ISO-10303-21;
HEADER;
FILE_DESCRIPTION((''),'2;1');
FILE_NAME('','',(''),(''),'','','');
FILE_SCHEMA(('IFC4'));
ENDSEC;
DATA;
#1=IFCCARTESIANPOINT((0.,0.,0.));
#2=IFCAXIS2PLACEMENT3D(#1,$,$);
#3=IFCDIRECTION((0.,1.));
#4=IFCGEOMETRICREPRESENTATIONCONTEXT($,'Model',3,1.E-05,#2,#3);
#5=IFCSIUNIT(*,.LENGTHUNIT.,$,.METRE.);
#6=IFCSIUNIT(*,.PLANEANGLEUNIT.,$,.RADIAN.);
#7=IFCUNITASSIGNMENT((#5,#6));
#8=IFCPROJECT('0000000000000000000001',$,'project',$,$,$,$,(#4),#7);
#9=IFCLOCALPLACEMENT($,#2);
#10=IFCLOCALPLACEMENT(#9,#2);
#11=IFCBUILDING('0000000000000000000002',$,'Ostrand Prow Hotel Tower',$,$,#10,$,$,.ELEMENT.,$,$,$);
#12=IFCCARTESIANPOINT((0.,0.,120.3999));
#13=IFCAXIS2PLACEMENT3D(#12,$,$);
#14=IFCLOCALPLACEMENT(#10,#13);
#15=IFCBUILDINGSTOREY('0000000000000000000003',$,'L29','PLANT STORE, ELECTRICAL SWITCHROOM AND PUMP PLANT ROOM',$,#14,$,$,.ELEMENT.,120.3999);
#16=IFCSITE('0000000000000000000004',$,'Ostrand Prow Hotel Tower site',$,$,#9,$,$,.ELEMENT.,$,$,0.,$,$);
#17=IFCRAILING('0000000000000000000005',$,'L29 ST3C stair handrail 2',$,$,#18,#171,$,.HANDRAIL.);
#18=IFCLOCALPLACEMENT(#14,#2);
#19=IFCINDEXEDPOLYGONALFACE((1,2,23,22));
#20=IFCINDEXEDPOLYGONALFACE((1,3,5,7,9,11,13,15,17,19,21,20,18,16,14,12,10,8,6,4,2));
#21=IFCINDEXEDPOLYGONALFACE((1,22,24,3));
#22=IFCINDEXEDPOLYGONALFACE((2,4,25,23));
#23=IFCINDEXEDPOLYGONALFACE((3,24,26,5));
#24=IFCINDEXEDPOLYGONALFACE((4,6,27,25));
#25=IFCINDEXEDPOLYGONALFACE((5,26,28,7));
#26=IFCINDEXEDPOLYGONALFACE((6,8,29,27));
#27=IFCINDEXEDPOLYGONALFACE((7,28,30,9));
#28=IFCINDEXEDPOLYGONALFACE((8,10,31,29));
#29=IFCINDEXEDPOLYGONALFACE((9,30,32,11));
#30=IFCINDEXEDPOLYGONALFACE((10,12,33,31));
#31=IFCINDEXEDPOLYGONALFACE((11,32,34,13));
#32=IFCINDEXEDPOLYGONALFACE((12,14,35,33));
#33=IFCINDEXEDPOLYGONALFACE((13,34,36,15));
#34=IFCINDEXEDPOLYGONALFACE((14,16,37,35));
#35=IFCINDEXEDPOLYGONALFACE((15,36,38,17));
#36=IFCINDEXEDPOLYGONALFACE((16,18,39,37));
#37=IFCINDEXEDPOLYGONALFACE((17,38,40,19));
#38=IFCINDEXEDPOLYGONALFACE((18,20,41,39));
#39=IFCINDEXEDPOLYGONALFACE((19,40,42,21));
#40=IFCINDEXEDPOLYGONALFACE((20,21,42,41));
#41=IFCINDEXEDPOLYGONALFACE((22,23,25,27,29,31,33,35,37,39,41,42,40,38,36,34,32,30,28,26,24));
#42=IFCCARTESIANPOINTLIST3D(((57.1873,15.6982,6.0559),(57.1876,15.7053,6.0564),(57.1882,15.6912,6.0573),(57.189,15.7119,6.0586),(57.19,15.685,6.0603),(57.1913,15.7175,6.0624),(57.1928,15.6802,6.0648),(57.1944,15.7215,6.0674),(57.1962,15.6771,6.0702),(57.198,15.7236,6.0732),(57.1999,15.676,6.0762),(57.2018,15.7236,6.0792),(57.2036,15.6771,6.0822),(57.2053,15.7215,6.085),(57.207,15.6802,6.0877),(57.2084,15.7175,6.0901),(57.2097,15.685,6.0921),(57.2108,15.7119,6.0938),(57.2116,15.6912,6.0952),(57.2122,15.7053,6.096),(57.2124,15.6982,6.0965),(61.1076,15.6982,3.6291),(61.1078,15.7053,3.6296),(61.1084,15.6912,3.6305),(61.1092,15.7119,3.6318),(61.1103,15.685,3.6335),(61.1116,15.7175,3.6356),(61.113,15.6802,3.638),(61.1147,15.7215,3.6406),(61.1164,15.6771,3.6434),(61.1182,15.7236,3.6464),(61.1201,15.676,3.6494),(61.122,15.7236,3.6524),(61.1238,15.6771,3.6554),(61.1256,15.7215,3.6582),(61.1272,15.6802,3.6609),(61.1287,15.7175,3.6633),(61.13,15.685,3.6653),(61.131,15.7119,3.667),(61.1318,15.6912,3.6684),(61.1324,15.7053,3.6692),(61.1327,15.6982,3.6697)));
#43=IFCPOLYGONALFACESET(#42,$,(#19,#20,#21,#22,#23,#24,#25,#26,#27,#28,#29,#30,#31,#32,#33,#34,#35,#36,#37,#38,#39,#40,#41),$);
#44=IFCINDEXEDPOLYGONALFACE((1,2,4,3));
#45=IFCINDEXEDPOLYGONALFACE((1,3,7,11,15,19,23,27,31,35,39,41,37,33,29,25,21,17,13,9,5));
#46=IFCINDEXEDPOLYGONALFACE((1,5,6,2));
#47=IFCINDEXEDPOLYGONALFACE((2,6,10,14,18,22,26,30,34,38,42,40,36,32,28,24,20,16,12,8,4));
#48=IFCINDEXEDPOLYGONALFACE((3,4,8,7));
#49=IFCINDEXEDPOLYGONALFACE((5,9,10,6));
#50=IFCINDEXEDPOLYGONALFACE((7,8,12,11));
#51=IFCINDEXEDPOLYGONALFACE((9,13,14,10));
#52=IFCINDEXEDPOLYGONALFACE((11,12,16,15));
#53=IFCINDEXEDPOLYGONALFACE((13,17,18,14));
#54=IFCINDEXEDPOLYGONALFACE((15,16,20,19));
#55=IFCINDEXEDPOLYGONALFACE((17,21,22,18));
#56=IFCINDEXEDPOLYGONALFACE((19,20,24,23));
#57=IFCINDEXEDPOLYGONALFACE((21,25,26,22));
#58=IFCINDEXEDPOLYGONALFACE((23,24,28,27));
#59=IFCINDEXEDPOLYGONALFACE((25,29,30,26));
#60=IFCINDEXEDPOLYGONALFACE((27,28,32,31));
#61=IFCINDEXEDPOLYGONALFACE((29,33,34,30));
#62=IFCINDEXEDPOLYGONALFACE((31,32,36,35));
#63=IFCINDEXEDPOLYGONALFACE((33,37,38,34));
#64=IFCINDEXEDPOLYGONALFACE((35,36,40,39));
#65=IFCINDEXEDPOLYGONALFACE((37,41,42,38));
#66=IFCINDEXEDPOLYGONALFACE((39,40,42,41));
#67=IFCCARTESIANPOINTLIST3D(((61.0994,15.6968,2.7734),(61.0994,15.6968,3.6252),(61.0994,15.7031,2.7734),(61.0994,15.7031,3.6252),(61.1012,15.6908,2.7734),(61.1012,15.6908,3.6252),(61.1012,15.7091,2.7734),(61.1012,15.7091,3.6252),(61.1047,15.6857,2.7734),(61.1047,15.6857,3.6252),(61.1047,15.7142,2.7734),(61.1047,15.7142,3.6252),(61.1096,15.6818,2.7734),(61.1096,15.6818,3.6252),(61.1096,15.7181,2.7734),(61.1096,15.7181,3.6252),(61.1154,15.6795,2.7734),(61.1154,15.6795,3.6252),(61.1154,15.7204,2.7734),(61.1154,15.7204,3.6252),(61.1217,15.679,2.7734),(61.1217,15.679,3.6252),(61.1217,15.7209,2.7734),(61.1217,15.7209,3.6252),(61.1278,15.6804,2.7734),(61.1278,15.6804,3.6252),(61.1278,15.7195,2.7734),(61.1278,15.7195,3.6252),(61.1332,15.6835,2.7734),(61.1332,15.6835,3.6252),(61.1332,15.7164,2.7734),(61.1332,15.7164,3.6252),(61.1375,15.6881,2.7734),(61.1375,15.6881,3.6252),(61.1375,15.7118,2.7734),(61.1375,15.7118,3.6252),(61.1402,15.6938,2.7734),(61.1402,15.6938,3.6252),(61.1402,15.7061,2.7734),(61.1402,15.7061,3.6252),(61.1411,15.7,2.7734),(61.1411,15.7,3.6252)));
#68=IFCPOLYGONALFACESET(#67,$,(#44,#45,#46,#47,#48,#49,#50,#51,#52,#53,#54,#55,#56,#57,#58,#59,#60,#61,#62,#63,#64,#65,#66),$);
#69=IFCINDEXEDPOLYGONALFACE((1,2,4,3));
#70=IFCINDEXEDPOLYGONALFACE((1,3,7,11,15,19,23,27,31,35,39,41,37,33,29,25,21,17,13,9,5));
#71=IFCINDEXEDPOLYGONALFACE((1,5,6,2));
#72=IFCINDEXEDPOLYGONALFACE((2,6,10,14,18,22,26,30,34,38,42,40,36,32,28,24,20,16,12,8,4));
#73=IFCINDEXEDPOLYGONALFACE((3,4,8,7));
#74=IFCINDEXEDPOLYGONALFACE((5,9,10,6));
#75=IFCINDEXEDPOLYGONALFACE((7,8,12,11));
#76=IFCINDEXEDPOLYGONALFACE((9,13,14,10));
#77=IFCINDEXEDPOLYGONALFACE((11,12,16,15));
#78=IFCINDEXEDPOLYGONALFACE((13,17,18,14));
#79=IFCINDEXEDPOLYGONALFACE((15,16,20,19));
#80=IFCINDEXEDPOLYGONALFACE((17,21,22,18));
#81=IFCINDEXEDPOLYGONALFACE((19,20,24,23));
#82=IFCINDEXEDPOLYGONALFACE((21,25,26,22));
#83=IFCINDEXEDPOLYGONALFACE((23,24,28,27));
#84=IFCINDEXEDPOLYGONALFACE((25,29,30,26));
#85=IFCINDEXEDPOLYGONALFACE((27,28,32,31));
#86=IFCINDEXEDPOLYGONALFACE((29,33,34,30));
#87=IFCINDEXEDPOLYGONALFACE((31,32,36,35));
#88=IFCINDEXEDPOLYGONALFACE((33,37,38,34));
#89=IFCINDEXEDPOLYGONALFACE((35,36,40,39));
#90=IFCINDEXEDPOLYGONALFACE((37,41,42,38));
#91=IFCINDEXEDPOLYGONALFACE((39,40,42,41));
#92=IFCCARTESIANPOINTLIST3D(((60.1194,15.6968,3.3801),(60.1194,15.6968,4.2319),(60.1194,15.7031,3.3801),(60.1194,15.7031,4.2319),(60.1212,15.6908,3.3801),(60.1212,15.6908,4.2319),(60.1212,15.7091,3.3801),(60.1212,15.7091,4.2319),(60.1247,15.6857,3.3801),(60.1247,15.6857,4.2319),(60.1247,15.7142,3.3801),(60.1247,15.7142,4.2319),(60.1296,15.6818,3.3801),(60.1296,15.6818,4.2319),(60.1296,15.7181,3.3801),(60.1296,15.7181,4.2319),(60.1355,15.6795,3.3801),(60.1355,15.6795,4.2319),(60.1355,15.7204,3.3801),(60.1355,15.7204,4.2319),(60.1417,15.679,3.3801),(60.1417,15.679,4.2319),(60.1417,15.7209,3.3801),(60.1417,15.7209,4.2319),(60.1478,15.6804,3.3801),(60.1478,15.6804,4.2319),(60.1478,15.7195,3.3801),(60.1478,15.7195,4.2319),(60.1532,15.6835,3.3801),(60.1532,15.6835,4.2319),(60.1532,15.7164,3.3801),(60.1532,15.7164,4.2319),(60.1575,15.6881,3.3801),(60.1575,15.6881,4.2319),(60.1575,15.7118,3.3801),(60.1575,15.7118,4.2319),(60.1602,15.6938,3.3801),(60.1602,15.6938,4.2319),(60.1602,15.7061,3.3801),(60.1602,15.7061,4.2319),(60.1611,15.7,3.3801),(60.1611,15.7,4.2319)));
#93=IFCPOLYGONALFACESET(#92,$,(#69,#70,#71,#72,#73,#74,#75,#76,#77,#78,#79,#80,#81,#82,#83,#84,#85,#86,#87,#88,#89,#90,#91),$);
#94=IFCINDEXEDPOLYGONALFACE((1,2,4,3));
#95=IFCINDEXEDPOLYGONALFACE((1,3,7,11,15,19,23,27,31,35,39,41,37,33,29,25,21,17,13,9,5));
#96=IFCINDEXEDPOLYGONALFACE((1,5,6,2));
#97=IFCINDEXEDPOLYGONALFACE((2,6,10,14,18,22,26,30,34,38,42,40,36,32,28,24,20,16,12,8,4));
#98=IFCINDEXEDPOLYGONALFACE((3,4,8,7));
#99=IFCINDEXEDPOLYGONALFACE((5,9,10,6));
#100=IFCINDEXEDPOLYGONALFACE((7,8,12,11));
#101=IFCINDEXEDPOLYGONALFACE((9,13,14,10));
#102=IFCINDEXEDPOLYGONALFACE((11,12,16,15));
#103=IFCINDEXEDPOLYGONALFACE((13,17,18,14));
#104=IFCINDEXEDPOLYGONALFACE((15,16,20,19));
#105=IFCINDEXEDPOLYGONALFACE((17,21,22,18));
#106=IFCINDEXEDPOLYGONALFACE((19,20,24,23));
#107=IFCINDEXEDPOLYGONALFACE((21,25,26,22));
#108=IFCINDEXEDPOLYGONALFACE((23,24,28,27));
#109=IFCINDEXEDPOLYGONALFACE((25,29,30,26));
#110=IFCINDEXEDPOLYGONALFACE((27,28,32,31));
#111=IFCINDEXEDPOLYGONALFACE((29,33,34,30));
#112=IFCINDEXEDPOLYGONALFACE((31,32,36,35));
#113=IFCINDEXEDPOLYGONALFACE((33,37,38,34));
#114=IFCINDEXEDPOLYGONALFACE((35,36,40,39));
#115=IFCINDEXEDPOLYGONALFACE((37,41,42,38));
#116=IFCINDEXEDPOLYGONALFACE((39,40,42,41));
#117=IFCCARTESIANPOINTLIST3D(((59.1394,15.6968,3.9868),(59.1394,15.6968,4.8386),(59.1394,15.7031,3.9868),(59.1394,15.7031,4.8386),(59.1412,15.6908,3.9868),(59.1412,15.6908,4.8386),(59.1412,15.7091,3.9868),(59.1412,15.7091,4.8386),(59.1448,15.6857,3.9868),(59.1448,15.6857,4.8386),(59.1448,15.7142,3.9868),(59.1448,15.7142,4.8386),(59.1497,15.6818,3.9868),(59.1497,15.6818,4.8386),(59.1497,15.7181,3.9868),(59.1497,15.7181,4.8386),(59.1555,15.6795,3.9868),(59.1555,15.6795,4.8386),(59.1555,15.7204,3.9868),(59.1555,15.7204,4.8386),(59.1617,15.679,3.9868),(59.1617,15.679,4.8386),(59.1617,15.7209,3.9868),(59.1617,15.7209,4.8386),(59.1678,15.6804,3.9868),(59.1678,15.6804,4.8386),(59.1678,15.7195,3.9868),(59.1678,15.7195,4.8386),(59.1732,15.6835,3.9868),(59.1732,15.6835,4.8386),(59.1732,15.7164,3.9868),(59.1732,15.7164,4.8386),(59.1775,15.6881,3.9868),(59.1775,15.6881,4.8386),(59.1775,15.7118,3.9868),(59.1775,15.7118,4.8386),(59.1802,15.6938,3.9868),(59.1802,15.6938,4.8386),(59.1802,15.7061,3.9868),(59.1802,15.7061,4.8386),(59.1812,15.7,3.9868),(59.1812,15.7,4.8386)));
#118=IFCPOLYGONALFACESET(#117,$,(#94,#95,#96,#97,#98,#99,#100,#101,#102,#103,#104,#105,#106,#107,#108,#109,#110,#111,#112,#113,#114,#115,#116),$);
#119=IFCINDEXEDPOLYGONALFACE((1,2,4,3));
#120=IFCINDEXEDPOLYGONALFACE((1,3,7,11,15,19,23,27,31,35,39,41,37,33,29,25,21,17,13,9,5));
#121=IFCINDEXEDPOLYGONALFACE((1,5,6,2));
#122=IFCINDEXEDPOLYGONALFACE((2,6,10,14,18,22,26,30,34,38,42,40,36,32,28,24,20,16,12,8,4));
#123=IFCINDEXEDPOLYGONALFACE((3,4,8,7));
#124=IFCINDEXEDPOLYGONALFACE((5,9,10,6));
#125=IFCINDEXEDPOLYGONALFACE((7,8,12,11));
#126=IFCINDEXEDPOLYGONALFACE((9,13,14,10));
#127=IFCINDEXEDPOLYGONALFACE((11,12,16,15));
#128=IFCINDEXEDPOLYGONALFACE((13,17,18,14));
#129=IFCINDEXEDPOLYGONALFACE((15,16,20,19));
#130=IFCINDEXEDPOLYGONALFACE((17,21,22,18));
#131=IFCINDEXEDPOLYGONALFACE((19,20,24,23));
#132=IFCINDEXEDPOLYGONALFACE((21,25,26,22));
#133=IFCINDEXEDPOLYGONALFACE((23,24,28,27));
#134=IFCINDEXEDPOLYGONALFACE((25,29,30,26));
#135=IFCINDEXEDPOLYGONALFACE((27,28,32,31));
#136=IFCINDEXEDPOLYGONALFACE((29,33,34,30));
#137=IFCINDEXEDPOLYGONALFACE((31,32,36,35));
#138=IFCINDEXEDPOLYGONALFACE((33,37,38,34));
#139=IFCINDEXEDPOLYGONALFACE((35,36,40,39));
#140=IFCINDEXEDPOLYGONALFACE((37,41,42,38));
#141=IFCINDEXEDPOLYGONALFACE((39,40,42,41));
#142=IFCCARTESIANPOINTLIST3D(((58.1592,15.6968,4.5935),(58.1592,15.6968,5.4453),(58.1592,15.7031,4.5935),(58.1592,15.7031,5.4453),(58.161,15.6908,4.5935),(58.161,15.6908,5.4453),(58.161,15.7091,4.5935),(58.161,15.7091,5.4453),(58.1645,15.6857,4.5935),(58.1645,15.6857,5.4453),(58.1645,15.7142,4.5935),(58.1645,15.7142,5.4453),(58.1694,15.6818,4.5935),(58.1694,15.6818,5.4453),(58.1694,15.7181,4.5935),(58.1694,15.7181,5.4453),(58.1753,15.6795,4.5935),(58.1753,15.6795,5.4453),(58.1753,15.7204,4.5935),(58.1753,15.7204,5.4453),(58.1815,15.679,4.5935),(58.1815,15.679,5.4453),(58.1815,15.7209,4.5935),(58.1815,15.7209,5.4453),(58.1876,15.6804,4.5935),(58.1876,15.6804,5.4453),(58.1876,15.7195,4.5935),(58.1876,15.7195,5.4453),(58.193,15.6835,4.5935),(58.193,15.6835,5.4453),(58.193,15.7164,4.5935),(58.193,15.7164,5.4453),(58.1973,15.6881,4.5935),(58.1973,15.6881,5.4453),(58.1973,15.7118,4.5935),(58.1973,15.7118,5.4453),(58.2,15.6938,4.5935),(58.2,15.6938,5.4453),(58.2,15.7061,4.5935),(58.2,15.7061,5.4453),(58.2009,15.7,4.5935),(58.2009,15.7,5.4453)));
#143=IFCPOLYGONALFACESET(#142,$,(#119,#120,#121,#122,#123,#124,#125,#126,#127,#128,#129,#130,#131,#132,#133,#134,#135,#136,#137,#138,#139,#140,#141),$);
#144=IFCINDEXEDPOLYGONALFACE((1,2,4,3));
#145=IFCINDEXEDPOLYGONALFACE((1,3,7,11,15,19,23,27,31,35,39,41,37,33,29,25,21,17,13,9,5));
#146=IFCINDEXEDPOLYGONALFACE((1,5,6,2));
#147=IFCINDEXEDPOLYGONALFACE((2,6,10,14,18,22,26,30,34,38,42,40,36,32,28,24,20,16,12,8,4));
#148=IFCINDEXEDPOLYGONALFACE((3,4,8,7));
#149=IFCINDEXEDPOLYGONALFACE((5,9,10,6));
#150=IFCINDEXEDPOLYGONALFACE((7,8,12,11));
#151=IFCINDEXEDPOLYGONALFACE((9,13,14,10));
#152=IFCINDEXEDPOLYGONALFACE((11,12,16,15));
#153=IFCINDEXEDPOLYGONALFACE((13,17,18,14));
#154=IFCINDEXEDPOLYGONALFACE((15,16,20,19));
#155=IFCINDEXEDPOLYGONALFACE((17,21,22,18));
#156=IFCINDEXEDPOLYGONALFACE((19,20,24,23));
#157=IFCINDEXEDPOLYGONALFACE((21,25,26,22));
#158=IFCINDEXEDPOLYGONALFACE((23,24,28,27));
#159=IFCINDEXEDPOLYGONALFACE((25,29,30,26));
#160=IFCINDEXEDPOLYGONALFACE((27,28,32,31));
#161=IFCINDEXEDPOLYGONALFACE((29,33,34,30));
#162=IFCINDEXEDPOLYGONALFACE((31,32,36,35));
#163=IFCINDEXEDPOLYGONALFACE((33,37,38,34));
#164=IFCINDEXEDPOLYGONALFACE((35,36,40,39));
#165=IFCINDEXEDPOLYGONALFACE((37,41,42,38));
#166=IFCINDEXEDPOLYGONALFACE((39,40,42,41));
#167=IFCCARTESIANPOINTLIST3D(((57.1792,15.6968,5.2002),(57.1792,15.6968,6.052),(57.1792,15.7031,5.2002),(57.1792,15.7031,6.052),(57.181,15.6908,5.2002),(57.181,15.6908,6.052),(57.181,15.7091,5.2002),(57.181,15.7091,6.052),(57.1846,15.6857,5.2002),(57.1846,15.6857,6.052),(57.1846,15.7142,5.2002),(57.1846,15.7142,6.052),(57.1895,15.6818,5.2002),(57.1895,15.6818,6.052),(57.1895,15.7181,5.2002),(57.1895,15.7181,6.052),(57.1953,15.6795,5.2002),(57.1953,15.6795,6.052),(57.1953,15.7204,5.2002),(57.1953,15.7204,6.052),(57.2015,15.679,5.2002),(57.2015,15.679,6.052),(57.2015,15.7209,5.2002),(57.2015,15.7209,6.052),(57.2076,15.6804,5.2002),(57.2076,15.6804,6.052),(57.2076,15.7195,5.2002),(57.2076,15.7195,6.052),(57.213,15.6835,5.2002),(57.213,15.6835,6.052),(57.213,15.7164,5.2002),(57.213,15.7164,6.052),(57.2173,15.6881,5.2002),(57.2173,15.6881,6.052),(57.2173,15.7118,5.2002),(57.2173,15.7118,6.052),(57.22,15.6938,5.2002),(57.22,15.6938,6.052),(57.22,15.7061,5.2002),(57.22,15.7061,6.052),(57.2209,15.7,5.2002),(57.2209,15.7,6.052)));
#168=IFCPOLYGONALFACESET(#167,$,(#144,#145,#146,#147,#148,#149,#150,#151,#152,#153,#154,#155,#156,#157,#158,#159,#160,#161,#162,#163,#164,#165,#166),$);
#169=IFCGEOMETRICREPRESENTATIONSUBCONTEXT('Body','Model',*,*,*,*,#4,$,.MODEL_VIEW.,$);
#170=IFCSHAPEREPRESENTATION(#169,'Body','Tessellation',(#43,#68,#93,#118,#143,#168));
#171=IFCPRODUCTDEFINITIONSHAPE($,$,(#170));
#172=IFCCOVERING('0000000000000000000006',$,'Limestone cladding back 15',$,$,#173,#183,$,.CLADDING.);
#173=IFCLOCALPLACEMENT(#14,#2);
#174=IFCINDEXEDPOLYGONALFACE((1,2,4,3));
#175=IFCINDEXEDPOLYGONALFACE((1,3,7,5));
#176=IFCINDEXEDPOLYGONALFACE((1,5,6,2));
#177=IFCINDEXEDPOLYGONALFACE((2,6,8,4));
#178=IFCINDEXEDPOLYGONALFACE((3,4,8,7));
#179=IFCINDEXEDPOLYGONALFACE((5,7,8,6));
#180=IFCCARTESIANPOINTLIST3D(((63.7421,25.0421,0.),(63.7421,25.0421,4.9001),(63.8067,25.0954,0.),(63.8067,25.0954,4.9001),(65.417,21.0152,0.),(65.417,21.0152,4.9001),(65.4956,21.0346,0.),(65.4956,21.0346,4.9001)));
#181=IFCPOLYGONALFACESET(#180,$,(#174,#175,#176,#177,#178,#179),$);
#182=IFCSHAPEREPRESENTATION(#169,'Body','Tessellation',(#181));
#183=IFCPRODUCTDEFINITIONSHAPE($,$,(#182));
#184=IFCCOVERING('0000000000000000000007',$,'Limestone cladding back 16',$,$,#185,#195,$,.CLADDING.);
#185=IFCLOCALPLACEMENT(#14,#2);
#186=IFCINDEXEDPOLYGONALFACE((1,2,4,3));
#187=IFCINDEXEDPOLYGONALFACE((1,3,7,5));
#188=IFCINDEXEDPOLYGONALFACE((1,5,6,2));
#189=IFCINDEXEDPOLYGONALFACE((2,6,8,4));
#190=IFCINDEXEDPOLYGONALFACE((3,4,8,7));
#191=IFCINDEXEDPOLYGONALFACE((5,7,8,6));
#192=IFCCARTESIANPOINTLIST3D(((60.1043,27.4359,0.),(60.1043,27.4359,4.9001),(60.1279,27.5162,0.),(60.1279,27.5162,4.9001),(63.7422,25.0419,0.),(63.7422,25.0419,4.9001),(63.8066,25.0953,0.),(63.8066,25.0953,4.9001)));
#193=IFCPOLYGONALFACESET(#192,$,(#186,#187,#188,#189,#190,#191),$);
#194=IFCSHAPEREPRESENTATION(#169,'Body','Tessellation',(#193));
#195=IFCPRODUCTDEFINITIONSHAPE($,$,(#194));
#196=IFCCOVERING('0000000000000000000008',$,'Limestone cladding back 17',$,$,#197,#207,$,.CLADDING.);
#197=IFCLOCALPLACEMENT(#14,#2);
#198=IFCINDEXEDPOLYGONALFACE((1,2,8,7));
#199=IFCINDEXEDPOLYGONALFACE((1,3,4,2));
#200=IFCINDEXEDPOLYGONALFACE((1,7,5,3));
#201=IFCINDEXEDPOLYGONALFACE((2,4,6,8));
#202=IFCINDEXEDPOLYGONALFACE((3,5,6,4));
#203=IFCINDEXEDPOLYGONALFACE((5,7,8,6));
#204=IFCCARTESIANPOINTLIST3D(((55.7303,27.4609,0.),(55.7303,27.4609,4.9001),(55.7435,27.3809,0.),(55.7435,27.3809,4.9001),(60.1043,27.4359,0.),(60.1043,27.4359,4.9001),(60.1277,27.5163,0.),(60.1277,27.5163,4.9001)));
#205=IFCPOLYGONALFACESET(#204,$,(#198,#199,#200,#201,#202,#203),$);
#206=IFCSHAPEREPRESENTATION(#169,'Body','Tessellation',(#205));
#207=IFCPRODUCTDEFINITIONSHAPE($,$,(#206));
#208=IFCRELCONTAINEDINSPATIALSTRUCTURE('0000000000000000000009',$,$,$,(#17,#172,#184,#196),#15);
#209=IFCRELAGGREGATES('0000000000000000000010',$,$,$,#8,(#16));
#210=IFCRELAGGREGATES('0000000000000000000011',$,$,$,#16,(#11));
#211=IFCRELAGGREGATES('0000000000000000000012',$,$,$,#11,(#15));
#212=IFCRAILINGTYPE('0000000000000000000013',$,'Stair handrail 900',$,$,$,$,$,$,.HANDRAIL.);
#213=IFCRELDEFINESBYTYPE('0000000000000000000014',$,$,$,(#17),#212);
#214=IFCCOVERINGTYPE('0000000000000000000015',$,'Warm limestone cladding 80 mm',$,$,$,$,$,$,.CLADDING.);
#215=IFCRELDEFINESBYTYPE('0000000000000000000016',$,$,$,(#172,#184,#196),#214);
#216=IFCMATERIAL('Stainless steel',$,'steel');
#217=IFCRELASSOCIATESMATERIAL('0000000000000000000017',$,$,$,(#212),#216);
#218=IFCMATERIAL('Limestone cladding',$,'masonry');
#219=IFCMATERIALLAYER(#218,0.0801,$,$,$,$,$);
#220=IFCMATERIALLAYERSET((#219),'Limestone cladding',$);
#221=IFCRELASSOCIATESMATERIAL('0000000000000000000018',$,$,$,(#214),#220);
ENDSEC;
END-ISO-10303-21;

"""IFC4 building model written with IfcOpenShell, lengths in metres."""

from ifc_helpers import new_model, si_unit, direction, frame, origin, origin_2d, place, context, subcontext, project, spatial, polyline, circle, outline, extrude, material, layer, layer_set, type_object, element, save


model = new_model("IFC4")

# Units and contexts
model_context = context("Model", 3, precision=1e-05, world=origin(), true_north=direction((0.0, 1.0)))
body_context = subcontext(model_context, "Body", "Model", "MODEL_VIEW")
ifc_project = project(units=[si_unit("LENGTHUNIT", "METRE"), si_unit("PLANEANGLEUNIT", "RADIAN")], contexts=[model_context])

# Site, building, storey
site_placement = place(None, origin())
site = spatial("IfcSite", under=ifc_project, at=site_placement, Name="Ostrand Prow Hotel Tower site", CompositionType="ELEMENT", RefElevation=0.0)
building_placement = place(site_placement, origin())
building = spatial("IfcBuilding", under=site, at=building_placement, Name="Ostrand Prow Hotel Tower", CompositionType="ELEMENT")
storey_placement = place(building_placement, frame((0.0, 0.0, 120.3999)))
storey = spatial("IfcBuildingStorey", under=building, at=storey_placement, Name="L29", Description="PLANT STORE, ELECTRICAL SWITCHROOM AND PUMP PLANT ROOM", CompositionType="ELEMENT", Elevation=120.3999)

# Railing
ifc_material_1 = material(Name="Stainless steel", Category="steel")
railing_type_1 = type_object("IfcRailingType", Name="Stair handrail 900", PredefinedType="HANDRAIL", material=ifc_material_1)
railing_1_placement = place(storey_placement, frame((61.1201, 15.7, 2.7734)))
element("IfcRailing", 1, at=railing_1_placement, inside=storey, type_object=railing_type_1, Name="L29 ST3C stair handrail 2", PredefinedType="HANDRAIL", context=body_context, shape_type="SweptSolid", body=[
    extrude(circle(Radius=0.0239, at=origin_2d()), frame((0.0, 0.0, 0.876), z_axis=(-0.850266, 0.0, 0.526353), x_axis=(0.0, -1.0, 0.0)), (0.0, 0.0, 1.0), 4.6106),
    extrude(circle(Radius=0.021, at=origin_2d()), origin(), (0.0, 0.0, 1.0), 0.8518),
    extrude(circle(Radius=0.021, at=origin_2d()), frame((-0.98, 0.0, 0.6067)), (0.0, 0.0, 1.0), 0.8518),
    extrude(circle(Radius=0.021, at=origin_2d()), frame((-1.96, 0.0, 1.2134)), (0.0, 0.0, 1.0), 0.8518),
    extrude(circle(Radius=0.021, at=origin_2d()), frame((-2.9402, 0.0, 1.8201)), (0.0, 0.0, 1.0), 0.8518),
    extrude(circle(Radius=0.021, at=origin_2d()), frame((-3.9202, 0.0, 2.4268)), (0.0, 0.0, 1.0), 0.8518),
])

# Coverings
ifc_material_2 = material(Name="Limestone cladding", Category="masonry")
ifc_layer_1 = layer(ifc_material_2, 0.0801)
ifc_layer_set_1 = layer_set([ifc_layer_1], Name="Limestone cladding")
covering_type_1 = type_object("IfcCoveringType", Name="Warm limestone cladding 80 mm", PredefinedType="CLADDING", material=ifc_layer_set_1)
covering_1_placement = place(storey_placement, frame((65.4563, 21.0249, 0.0), z_axis=(0.0, 0.0, 1.0), x_axis=(-0.384033, 0.923319, 0.0)))
element("IfcCovering", 2, at=covering_1_placement, inside=storey, type_object=covering_type_1, Name="Limestone cladding back 15", PredefinedType="CLADDING", context=body_context, shape_type="SweptSolid", body=[
    extrude(outline(polyline([(-0.0061, -0.04), (4.3918, -0.04), (4.3674, 0.04), (0.0061, 0.04), (-0.0061, -0.04)])), origin(), (0.0, 0.0, 1.0), 4.9001),
])
covering_2_placement = place(storey_placement, frame((63.7744, 25.0686, 0.0), z_axis=(0.0, 0.0, 1.0), x_axis=(-0.835354, 0.549712, 0.0)))
element("IfcCovering", 3, at=covering_2_placement, inside=storey, type_object=covering_type_1, Name="Limestone cladding back 16", PredefinedType="CLADDING", context=body_context, shape_type="SweptSolid", body=[
    extrude(outline(polyline([(-0.0122, -0.04), (4.3916, -0.04), (4.3672, 0.04), (0.0122, 0.04), (-0.0122, -0.04)])), origin(), (0.0, 0.0, 1.0), 4.9001),
])
covering_3_placement = place(storey_placement, frame((60.116, 27.4761, 0.0), z_axis=(0.0, 0.0, 1.0), x_axis=(-0.999921, -0.012599, 0.0)))
element("IfcCovering", 4, at=covering_3_placement, inside=storey, type_object=covering_type_1, Name="Limestone cladding back 17", PredefinedType="CLADDING", context=body_context, shape_type="SweptSolid", body=[
    extrude(outline(polyline([(-0.0122, -0.04), (4.3855, -0.04), (4.3733, 0.04), (0.0122, 0.04), (-0.0122, -0.04)])), origin(), (0.0, 0.0, 1.0), 4.9001),
])

save(model, "model.ifc")
